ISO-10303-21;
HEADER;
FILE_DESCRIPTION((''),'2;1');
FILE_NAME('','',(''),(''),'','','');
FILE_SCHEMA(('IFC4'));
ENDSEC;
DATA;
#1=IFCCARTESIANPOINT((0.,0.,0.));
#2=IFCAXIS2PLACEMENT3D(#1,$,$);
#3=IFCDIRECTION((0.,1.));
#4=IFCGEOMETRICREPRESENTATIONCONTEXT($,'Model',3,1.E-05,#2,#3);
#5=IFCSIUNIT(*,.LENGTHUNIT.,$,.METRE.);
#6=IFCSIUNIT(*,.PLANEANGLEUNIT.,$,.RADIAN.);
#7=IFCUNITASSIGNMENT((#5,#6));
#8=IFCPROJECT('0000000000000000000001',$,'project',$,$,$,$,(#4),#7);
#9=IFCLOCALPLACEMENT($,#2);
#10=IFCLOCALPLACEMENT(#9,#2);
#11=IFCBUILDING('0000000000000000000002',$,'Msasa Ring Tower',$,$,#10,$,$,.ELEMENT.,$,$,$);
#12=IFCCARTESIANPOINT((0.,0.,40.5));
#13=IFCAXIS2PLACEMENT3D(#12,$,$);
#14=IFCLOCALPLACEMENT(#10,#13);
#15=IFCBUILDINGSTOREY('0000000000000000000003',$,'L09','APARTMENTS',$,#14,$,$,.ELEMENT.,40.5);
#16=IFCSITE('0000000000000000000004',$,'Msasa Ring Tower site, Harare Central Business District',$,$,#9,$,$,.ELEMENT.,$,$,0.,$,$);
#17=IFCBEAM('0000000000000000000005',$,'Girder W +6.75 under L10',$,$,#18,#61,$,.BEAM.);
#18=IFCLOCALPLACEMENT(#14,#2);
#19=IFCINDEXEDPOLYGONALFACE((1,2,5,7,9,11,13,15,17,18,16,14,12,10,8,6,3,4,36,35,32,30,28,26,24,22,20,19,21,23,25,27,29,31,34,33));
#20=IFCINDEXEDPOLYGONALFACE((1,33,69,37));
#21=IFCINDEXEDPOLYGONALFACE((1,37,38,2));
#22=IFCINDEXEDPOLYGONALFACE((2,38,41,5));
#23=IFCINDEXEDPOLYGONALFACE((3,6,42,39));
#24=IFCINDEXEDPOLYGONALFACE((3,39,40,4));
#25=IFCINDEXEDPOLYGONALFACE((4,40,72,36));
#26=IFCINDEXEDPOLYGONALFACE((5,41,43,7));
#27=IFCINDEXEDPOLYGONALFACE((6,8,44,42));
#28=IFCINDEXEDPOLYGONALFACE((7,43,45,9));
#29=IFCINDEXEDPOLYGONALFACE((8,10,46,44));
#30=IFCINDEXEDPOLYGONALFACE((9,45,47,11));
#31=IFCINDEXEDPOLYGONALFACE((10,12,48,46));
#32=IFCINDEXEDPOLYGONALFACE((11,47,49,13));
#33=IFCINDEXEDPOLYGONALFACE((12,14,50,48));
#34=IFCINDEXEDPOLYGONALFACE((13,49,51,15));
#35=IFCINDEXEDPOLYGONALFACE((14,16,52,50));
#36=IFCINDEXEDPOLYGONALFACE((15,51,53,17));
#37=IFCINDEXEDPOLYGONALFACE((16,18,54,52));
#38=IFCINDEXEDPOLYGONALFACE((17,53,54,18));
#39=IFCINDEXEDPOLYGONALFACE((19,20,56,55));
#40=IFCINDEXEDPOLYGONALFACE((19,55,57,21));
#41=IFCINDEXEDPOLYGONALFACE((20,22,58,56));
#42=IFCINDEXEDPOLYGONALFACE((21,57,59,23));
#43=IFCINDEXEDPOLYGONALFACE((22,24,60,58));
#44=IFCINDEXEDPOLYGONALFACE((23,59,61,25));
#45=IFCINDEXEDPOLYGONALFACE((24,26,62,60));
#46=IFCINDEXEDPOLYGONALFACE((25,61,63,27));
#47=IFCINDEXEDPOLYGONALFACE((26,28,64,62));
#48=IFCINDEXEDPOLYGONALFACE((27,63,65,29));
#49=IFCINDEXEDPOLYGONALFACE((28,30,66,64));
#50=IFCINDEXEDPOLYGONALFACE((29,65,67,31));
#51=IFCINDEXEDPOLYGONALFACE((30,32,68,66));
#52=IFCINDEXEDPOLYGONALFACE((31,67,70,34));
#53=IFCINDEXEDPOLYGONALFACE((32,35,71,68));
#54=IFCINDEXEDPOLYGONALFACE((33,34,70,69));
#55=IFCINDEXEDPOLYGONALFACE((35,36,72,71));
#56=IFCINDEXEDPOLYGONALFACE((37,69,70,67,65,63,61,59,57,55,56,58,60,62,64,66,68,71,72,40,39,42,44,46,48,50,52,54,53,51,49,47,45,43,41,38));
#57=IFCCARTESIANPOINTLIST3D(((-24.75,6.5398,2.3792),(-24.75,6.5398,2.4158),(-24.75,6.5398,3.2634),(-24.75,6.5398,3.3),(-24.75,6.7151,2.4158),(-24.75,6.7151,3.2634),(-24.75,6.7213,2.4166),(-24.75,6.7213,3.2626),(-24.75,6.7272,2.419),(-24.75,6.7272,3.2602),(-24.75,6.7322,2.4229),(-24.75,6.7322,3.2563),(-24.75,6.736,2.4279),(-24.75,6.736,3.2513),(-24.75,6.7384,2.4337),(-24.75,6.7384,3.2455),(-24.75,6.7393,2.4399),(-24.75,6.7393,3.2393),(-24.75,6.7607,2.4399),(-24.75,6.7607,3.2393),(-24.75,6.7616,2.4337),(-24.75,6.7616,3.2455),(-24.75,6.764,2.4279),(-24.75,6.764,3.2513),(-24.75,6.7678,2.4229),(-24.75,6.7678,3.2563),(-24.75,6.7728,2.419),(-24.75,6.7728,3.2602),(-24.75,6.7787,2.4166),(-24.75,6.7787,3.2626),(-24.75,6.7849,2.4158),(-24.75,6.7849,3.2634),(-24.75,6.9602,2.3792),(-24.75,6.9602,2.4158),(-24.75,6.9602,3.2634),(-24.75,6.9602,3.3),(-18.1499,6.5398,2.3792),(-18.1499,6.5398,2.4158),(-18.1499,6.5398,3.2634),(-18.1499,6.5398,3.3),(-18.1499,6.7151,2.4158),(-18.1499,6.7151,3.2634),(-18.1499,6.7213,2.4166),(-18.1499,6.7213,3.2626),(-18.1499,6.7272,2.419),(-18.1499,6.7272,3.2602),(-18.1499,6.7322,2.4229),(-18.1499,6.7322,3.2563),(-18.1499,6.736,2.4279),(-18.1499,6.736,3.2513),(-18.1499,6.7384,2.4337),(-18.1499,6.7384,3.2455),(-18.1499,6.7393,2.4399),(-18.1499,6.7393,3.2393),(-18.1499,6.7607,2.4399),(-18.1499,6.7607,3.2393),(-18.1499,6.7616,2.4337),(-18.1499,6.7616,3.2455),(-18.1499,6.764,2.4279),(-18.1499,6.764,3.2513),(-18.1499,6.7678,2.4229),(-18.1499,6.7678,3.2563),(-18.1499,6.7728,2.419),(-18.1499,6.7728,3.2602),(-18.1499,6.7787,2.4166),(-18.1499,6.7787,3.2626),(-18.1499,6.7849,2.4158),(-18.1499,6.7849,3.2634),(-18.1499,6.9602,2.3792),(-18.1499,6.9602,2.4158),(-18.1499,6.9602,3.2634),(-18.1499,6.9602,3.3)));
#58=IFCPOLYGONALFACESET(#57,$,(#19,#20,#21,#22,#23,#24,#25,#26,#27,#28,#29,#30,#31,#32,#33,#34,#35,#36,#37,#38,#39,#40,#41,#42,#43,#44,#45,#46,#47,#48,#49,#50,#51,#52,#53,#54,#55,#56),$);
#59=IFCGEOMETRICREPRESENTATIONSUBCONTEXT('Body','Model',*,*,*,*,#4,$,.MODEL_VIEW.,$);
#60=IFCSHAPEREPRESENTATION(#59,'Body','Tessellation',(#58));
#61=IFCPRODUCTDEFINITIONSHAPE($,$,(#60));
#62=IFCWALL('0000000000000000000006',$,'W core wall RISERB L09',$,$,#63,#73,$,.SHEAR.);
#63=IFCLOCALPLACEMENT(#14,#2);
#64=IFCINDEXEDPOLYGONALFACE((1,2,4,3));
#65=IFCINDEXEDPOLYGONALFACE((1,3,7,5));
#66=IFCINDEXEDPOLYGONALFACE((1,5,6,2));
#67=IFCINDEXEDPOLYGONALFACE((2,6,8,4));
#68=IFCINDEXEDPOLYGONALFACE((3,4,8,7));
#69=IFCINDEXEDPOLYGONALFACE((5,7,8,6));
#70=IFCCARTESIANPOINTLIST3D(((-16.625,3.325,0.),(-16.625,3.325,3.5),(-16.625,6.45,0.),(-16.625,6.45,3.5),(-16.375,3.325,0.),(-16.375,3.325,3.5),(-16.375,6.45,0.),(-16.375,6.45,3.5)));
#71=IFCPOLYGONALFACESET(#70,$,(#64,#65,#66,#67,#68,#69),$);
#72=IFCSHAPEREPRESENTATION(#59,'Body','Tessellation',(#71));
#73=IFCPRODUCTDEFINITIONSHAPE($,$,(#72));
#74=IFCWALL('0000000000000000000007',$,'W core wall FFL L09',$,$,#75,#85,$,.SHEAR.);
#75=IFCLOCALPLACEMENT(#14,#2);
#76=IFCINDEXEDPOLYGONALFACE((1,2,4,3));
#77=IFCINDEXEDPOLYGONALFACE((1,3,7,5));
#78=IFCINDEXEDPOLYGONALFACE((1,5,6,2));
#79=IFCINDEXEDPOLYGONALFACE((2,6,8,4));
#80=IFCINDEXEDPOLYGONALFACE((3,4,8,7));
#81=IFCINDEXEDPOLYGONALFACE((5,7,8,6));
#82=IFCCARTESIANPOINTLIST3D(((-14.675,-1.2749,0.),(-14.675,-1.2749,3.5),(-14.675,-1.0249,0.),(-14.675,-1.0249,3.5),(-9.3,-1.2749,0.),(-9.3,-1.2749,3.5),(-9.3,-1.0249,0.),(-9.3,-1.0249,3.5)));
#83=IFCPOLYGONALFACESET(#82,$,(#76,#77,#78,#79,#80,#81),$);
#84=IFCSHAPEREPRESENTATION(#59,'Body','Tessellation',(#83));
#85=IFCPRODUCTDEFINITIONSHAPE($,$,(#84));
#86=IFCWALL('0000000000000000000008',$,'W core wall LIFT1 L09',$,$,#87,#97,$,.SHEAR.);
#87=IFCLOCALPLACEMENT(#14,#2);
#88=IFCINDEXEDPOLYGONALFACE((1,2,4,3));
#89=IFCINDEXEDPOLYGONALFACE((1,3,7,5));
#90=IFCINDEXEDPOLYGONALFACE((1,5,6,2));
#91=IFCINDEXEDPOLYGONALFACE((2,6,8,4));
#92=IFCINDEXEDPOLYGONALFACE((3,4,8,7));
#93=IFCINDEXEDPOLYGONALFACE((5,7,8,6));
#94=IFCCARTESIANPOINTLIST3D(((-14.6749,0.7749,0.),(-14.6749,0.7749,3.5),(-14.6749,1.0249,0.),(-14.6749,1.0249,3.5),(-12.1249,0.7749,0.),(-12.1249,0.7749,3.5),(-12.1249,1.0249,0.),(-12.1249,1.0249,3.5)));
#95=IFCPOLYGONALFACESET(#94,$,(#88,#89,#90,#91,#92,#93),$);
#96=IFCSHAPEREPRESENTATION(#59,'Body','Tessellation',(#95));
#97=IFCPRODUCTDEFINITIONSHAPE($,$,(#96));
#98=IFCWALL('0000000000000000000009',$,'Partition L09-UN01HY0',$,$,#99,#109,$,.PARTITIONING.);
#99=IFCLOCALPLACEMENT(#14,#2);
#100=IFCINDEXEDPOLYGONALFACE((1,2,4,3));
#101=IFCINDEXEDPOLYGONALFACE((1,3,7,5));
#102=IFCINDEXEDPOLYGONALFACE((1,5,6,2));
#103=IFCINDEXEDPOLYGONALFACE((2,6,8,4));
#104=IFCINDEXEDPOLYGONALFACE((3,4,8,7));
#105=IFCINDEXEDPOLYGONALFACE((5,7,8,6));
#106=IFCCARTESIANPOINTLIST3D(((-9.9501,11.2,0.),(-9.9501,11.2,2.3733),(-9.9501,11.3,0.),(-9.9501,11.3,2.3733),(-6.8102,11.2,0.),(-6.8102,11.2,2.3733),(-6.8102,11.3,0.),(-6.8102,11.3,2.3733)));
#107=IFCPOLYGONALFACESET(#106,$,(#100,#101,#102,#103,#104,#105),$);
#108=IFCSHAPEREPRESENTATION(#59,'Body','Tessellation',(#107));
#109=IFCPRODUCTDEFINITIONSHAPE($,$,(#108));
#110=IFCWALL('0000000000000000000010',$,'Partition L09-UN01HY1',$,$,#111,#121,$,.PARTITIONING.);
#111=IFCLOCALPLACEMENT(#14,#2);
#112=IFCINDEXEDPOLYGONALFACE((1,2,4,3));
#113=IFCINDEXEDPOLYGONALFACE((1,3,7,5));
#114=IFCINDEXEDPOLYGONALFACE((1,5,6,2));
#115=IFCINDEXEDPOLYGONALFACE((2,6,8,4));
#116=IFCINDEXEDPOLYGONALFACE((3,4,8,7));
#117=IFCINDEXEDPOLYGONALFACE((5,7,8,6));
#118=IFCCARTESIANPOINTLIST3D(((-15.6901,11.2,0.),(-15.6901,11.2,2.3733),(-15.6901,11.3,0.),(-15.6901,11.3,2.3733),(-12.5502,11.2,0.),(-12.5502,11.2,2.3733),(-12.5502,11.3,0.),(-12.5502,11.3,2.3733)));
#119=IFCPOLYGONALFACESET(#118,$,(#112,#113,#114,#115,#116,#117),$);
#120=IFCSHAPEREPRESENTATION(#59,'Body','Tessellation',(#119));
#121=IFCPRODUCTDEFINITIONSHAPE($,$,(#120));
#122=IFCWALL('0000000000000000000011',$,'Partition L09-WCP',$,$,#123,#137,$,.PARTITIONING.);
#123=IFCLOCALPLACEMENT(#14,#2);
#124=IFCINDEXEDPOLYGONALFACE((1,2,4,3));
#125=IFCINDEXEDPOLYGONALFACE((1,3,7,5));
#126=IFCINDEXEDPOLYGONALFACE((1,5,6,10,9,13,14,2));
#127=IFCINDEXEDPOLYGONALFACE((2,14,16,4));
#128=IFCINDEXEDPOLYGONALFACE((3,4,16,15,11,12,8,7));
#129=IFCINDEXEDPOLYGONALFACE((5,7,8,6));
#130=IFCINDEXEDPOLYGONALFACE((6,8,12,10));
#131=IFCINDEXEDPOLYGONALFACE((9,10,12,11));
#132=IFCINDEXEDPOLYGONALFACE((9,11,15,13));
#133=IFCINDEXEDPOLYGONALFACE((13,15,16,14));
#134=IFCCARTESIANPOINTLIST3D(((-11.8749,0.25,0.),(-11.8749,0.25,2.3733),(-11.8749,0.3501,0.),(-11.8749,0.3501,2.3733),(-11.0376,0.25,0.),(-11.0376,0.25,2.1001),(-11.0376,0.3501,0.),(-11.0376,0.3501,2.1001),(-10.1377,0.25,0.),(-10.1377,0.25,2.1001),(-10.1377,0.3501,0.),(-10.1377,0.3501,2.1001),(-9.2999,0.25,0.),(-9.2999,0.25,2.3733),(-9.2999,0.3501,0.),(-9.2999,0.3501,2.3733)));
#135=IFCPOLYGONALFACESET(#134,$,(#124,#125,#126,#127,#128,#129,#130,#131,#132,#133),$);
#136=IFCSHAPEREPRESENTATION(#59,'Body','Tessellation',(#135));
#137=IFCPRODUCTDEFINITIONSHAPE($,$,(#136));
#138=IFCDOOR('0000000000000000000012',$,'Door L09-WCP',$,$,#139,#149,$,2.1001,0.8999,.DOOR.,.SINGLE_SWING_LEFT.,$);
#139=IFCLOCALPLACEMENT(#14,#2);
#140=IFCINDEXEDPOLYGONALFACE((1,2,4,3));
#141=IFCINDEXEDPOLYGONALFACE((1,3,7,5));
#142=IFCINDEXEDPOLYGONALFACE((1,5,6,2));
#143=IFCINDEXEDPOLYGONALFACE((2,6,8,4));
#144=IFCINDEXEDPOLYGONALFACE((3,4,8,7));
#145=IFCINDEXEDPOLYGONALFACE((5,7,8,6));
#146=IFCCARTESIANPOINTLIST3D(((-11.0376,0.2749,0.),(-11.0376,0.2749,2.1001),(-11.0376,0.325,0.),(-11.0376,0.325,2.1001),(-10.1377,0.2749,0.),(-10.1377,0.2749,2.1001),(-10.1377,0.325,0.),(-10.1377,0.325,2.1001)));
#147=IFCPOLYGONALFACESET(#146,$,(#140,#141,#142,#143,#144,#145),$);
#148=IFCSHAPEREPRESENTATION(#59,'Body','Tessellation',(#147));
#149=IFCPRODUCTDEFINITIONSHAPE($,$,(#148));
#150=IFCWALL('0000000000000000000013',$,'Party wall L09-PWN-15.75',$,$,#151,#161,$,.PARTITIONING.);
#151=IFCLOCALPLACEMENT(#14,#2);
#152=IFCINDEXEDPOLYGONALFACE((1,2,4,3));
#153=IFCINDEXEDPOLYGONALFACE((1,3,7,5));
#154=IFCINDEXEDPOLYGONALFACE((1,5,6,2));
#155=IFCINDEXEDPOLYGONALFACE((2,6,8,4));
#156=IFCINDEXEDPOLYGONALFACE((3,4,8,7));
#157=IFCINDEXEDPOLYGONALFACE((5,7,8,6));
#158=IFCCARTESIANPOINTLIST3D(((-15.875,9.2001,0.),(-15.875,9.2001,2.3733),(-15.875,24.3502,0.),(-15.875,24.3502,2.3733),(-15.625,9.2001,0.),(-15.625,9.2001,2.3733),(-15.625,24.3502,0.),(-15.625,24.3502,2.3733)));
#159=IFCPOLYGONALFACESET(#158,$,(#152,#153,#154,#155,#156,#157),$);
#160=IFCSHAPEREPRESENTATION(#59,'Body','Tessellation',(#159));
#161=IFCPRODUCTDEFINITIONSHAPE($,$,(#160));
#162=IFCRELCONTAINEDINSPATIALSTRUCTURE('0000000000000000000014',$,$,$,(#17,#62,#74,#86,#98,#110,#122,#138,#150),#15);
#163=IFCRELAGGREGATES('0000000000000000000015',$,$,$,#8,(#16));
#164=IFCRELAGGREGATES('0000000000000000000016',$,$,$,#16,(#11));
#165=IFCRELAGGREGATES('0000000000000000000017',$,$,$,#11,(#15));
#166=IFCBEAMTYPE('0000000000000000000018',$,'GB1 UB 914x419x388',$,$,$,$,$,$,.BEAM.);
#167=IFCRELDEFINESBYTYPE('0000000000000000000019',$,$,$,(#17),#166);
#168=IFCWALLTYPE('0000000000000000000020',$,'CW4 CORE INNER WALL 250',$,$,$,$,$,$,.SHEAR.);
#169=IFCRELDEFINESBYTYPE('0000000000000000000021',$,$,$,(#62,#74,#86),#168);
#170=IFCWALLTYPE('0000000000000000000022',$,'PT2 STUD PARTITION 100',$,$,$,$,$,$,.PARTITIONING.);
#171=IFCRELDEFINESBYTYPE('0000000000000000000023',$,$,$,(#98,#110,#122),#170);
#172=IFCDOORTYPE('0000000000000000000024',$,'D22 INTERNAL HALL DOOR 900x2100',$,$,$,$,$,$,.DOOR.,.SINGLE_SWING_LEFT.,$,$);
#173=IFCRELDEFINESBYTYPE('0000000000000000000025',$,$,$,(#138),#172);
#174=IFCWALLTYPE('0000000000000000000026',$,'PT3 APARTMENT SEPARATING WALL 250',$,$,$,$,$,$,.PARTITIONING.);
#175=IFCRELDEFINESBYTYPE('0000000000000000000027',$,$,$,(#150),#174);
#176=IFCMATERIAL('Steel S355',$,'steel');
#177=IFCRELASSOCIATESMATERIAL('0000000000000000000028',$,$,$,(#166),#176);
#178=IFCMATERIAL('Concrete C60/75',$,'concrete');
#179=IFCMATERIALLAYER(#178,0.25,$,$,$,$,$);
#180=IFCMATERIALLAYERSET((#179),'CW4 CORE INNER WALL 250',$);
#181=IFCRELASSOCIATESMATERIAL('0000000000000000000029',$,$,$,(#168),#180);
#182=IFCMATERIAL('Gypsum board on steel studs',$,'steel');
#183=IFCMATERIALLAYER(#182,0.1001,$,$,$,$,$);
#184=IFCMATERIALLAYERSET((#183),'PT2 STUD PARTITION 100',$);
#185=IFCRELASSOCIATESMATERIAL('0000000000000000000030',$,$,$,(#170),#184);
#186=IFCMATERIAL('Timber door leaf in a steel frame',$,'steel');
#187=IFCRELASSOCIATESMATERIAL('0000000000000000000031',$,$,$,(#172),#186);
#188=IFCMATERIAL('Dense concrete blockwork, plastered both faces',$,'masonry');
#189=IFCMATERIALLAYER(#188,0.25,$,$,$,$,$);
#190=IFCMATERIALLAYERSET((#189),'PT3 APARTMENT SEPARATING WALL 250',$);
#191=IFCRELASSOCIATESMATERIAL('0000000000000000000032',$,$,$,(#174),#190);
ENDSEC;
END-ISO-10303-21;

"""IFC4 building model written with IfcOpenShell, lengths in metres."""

from ifc_helpers import new_model, si_unit, direction, frame, frame_2d, origin, origin_2d, place, context, subcontext, project, spatial, rectangle, i_section, extrude, material, layer, layer_set, material_profile, profile_set, type_object, element, fill, save


model = new_model("IFC4")

# Units and contexts
model_context = context("Model", 3, precision=1e-05, world=origin(), true_north=direction((0.0, 1.0)))
body_context = subcontext(model_context, "Body", "Model", "MODEL_VIEW")
ifc_project = project(units=[si_unit("LENGTHUNIT", "METRE"), si_unit("PLANEANGLEUNIT", "RADIAN")], contexts=[model_context])

# Site, building, storey
site_placement = place(None, origin())
site = spatial("IfcSite", under=ifc_project, at=site_placement, Name="Msasa Ring Tower site, Harare Central Business District", CompositionType="ELEMENT", RefElevation=0.0)
building_placement = place(site_placement, origin())
building = spatial("IfcBuilding", under=site, at=building_placement, Name="Msasa Ring Tower", CompositionType="ELEMENT")
storey_placement = place(building_placement, frame((0.0, 0.0, 40.5)))
storey = spatial("IfcBuildingStorey", under=building, at=storey_placement, Name="L09", Description="APARTMENTS", CompositionType="ELEMENT", Elevation=40.5)

# Beam
ifc_material_1 = material(Name="Steel S355", Category="steel")
ifc_material_profile = material_profile(ifc_material_1, i_section(OverallWidth=0.4204, OverallDepth=0.9209, WebThickness=0.0215, FlangeThickness=0.0366, FilletRadius=0.0242, at=origin_2d()), Name="UB 914x419x388")
ifc_profile_set = profile_set([ifc_material_profile], Name="Steel S355")
beam_type = type_object("IfcBeamType", Name="GB1 UB 914x419x388", PredefinedType="BEAM", material=ifc_profile_set)
beam_placement = place(storey_placement, frame((-18.1499, 6.75, 2.8396), z_axis=(-1.0, 0.0, 0.0), x_axis=(0.0, -1.0, 0.0)))
element("IfcBeam", 1, at=beam_placement, inside=storey, type_object=beam_type, Name="Girder W +6.75 under L10", PredefinedType="BEAM", context=body_context, shape_type="SweptSolid", body=[
    extrude(i_section(OverallWidth=0.4204, OverallDepth=0.9209, WebThickness=0.0215, FlangeThickness=0.0366, FilletRadius=0.0242, at=origin_2d()), origin(), (0.0, 0.0, 1.0), 6.6001),
])

# Walls
ifc_material_2 = material(Name="Concrete C60/75", Category="concrete")
ifc_layer_1 = layer(ifc_material_2, 0.25)
ifc_layer_set_1 = layer_set([ifc_layer_1], Name="CW4 CORE INNER WALL 250")
wall_type_1 = type_object("IfcWallType", Name="CW4 CORE INNER WALL 250", PredefinedType="SHEAR", material=ifc_layer_set_1)
wall_1_placement = place(storey_placement, frame((-16.5, 3.325, 0.0), z_axis=(0.0, 0.0, 1.0), x_axis=(0.0, 1.0, 0.0)))
element("IfcWall", 2, at=wall_1_placement, inside=storey, type_object=wall_type_1, Name="W core wall RISERB L09", PredefinedType="SHEAR", context=body_context, shape_type="SweptSolid", body=[
    extrude(rectangle(XDim=3.125, YDim=0.25, at=frame_2d((1.5625, 0.0))), origin(), (0.0, 0.0, 1.0), 3.5),
])
wall_2_placement = place(storey_placement, frame((-9.3, -1.1499, 0.0), z_axis=(0.0, 0.0, 1.0), x_axis=(-1.0, 0.0, 0.0)))
element("IfcWall", 3, at=wall_2_placement, inside=storey, type_object=wall_type_1, Name="W core wall FFL L09", PredefinedType="SHEAR", context=body_context, shape_type="SweptSolid", body=[
    extrude(rectangle(XDim=5.375, YDim=0.25, at=frame_2d((2.6875, 0.0))), origin(), (0.0, 0.0, 1.0), 3.5),
])
wall_3_placement = place(storey_placement, frame((-12.125, 0.8999, 0.0), z_axis=(0.0, 0.0, 1.0), x_axis=(-1.0, 0.0, 0.0)))
element("IfcWall", 4, at=wall_3_placement, inside=storey, type_object=wall_type_1, Name="W core wall LIFT1 L09", PredefinedType="SHEAR", context=body_context, shape_type="SweptSolid", body=[
    extrude(rectangle(XDim=2.55, YDim=0.25, at=frame_2d((1.2749, 0.0))), origin(), (0.0, 0.0, 1.0), 3.5),
])
ifc_material_3 = material(Name="Gypsum board on steel studs", Category="steel")
ifc_layer_2 = layer(ifc_material_3, 0.1001)
ifc_layer_set_2 = layer_set([ifc_layer_2], Name="PT2 STUD PARTITION 100")
wall_type_2 = type_object("IfcWallType", Name="PT2 STUD PARTITION 100", PredefinedType="PARTITIONING", material=ifc_layer_set_2)
for number, where, z_axis, x_axis, name in (
    (5, (-9.95, 11.25, 0.0), (0.0, 0.0, 1.0), (1.0, 0.0, 0.0), "Partition L09-UN01HY0"),
    (6, (-15.6899, 11.25, 0.0), (0.0, 0.0, 1.0), (1.0, 0.0, 0.0), "Partition L09-UN01HY1"),
):
    element("IfcWall", number, at=place(storey_placement, frame(where, z_axis=z_axis, x_axis=x_axis)), inside=storey, type_object=wall_type_2, Name=name, PredefinedType="PARTITIONING", context=body_context, shape_type="SweptSolid", body=[
        extrude(rectangle(XDim=3.1399, YDim=0.1001, at=frame_2d((1.5698, 0.0))), origin(), (0.0, 0.0, 1.0), 2.3733),
    ])

# Wall, opening, door
wall_4_placement = place(storey_placement, frame((-11.875, 0.3, 0.0), z_axis=(0.0, 0.0, 1.0), x_axis=(1.0, 0.0, 0.0)))
wall_4 = element("IfcWall", 7, at=wall_4_placement, inside=storey, type_object=wall_type_2, Name="Partition L09-WCP", PredefinedType="PARTITIONING", context=body_context, shape_type="SweptSolid", body=[
    extrude(rectangle(XDim=2.575, YDim=0.1001, at=frame_2d((1.2876, 0.0))), origin(), (0.0, 0.0, 1.0), 2.3733),
])
opening_1_placement = place(wall_4_placement, frame((0.8374, 0.0, 0.0)))
opening_1 = element("IfcOpeningElement", 8, at=opening_1_placement, cuts=wall_4, PredefinedType="OPENING", context=body_context, shape_type="SweptSolid", body=[
    extrude(rectangle(XDim=0.8999, YDim=2.1001, at=frame_2d((0.45, 1.05))), frame((0.0, 0.0601, 0.0), z_axis=(0.0, -1.0, 0.0), x_axis=(1.0, 0.0, 0.0)), (0.0, 0.0, 1.0), 0.1201),
])
ifc_material_4 = material(Name="Timber door leaf in a steel frame", Category="steel")
door_type_1 = type_object("IfcDoorType", Name="D22 INTERNAL HALL DOOR 900x2100", OperationType="SINGLE_SWING_LEFT", PredefinedType="DOOR", material=ifc_material_4)
door_1_placement = place(opening_1_placement, origin())
door_1 = element("IfcDoor", 9, at=door_1_placement, inside=storey, type_object=door_type_1, Name="Door L09-WCP", OperationType="SINGLE_SWING_LEFT", OverallHeight=2.1001, OverallWidth=0.8999, PredefinedType="DOOR", context=body_context, shape_type="SweptSolid", body=[
    extrude(rectangle(XDim=0.8999, YDim=2.1001, at=frame_2d((0.45, 1.05))), frame((0.0, 0.0249, 0.0), z_axis=(0.0, -1.0, 0.0), x_axis=(1.0, 0.0, 0.0)), (0.0, 0.0, 1.0), 0.05),
])
fill(opening_1, door_1)

# Wall
ifc_material_5 = material(Name="Dense concrete blockwork, plastered both faces", Category="masonry")
ifc_layer_3 = layer(ifc_material_5, 0.25)
ifc_layer_set_3 = layer_set([ifc_layer_3], Name="PT3 APARTMENT SEPARATING WALL 250")
wall_type_3 = type_object("IfcWallType", Name="PT3 APARTMENT SEPARATING WALL 250", PredefinedType="PARTITIONING", material=ifc_layer_set_3)
wall_5_placement = place(storey_placement, frame((-15.75, 9.2, 0.0), z_axis=(0.0, 0.0, 1.0), x_axis=(0.0, 1.0, 0.0)))
element("IfcWall", 10, at=wall_5_placement, inside=storey, type_object=wall_type_3, Name="Party wall L09-PWN-15.75", PredefinedType="PARTITIONING", context=body_context, shape_type="SweptSolid", body=[
    extrude(rectangle(XDim=15.1501, YDim=0.25, at=frame_2d((7.5752, 0.0))), origin(), (0.0, 0.0, 1.0), 2.3733),
])

save(model, "model.ifc")
